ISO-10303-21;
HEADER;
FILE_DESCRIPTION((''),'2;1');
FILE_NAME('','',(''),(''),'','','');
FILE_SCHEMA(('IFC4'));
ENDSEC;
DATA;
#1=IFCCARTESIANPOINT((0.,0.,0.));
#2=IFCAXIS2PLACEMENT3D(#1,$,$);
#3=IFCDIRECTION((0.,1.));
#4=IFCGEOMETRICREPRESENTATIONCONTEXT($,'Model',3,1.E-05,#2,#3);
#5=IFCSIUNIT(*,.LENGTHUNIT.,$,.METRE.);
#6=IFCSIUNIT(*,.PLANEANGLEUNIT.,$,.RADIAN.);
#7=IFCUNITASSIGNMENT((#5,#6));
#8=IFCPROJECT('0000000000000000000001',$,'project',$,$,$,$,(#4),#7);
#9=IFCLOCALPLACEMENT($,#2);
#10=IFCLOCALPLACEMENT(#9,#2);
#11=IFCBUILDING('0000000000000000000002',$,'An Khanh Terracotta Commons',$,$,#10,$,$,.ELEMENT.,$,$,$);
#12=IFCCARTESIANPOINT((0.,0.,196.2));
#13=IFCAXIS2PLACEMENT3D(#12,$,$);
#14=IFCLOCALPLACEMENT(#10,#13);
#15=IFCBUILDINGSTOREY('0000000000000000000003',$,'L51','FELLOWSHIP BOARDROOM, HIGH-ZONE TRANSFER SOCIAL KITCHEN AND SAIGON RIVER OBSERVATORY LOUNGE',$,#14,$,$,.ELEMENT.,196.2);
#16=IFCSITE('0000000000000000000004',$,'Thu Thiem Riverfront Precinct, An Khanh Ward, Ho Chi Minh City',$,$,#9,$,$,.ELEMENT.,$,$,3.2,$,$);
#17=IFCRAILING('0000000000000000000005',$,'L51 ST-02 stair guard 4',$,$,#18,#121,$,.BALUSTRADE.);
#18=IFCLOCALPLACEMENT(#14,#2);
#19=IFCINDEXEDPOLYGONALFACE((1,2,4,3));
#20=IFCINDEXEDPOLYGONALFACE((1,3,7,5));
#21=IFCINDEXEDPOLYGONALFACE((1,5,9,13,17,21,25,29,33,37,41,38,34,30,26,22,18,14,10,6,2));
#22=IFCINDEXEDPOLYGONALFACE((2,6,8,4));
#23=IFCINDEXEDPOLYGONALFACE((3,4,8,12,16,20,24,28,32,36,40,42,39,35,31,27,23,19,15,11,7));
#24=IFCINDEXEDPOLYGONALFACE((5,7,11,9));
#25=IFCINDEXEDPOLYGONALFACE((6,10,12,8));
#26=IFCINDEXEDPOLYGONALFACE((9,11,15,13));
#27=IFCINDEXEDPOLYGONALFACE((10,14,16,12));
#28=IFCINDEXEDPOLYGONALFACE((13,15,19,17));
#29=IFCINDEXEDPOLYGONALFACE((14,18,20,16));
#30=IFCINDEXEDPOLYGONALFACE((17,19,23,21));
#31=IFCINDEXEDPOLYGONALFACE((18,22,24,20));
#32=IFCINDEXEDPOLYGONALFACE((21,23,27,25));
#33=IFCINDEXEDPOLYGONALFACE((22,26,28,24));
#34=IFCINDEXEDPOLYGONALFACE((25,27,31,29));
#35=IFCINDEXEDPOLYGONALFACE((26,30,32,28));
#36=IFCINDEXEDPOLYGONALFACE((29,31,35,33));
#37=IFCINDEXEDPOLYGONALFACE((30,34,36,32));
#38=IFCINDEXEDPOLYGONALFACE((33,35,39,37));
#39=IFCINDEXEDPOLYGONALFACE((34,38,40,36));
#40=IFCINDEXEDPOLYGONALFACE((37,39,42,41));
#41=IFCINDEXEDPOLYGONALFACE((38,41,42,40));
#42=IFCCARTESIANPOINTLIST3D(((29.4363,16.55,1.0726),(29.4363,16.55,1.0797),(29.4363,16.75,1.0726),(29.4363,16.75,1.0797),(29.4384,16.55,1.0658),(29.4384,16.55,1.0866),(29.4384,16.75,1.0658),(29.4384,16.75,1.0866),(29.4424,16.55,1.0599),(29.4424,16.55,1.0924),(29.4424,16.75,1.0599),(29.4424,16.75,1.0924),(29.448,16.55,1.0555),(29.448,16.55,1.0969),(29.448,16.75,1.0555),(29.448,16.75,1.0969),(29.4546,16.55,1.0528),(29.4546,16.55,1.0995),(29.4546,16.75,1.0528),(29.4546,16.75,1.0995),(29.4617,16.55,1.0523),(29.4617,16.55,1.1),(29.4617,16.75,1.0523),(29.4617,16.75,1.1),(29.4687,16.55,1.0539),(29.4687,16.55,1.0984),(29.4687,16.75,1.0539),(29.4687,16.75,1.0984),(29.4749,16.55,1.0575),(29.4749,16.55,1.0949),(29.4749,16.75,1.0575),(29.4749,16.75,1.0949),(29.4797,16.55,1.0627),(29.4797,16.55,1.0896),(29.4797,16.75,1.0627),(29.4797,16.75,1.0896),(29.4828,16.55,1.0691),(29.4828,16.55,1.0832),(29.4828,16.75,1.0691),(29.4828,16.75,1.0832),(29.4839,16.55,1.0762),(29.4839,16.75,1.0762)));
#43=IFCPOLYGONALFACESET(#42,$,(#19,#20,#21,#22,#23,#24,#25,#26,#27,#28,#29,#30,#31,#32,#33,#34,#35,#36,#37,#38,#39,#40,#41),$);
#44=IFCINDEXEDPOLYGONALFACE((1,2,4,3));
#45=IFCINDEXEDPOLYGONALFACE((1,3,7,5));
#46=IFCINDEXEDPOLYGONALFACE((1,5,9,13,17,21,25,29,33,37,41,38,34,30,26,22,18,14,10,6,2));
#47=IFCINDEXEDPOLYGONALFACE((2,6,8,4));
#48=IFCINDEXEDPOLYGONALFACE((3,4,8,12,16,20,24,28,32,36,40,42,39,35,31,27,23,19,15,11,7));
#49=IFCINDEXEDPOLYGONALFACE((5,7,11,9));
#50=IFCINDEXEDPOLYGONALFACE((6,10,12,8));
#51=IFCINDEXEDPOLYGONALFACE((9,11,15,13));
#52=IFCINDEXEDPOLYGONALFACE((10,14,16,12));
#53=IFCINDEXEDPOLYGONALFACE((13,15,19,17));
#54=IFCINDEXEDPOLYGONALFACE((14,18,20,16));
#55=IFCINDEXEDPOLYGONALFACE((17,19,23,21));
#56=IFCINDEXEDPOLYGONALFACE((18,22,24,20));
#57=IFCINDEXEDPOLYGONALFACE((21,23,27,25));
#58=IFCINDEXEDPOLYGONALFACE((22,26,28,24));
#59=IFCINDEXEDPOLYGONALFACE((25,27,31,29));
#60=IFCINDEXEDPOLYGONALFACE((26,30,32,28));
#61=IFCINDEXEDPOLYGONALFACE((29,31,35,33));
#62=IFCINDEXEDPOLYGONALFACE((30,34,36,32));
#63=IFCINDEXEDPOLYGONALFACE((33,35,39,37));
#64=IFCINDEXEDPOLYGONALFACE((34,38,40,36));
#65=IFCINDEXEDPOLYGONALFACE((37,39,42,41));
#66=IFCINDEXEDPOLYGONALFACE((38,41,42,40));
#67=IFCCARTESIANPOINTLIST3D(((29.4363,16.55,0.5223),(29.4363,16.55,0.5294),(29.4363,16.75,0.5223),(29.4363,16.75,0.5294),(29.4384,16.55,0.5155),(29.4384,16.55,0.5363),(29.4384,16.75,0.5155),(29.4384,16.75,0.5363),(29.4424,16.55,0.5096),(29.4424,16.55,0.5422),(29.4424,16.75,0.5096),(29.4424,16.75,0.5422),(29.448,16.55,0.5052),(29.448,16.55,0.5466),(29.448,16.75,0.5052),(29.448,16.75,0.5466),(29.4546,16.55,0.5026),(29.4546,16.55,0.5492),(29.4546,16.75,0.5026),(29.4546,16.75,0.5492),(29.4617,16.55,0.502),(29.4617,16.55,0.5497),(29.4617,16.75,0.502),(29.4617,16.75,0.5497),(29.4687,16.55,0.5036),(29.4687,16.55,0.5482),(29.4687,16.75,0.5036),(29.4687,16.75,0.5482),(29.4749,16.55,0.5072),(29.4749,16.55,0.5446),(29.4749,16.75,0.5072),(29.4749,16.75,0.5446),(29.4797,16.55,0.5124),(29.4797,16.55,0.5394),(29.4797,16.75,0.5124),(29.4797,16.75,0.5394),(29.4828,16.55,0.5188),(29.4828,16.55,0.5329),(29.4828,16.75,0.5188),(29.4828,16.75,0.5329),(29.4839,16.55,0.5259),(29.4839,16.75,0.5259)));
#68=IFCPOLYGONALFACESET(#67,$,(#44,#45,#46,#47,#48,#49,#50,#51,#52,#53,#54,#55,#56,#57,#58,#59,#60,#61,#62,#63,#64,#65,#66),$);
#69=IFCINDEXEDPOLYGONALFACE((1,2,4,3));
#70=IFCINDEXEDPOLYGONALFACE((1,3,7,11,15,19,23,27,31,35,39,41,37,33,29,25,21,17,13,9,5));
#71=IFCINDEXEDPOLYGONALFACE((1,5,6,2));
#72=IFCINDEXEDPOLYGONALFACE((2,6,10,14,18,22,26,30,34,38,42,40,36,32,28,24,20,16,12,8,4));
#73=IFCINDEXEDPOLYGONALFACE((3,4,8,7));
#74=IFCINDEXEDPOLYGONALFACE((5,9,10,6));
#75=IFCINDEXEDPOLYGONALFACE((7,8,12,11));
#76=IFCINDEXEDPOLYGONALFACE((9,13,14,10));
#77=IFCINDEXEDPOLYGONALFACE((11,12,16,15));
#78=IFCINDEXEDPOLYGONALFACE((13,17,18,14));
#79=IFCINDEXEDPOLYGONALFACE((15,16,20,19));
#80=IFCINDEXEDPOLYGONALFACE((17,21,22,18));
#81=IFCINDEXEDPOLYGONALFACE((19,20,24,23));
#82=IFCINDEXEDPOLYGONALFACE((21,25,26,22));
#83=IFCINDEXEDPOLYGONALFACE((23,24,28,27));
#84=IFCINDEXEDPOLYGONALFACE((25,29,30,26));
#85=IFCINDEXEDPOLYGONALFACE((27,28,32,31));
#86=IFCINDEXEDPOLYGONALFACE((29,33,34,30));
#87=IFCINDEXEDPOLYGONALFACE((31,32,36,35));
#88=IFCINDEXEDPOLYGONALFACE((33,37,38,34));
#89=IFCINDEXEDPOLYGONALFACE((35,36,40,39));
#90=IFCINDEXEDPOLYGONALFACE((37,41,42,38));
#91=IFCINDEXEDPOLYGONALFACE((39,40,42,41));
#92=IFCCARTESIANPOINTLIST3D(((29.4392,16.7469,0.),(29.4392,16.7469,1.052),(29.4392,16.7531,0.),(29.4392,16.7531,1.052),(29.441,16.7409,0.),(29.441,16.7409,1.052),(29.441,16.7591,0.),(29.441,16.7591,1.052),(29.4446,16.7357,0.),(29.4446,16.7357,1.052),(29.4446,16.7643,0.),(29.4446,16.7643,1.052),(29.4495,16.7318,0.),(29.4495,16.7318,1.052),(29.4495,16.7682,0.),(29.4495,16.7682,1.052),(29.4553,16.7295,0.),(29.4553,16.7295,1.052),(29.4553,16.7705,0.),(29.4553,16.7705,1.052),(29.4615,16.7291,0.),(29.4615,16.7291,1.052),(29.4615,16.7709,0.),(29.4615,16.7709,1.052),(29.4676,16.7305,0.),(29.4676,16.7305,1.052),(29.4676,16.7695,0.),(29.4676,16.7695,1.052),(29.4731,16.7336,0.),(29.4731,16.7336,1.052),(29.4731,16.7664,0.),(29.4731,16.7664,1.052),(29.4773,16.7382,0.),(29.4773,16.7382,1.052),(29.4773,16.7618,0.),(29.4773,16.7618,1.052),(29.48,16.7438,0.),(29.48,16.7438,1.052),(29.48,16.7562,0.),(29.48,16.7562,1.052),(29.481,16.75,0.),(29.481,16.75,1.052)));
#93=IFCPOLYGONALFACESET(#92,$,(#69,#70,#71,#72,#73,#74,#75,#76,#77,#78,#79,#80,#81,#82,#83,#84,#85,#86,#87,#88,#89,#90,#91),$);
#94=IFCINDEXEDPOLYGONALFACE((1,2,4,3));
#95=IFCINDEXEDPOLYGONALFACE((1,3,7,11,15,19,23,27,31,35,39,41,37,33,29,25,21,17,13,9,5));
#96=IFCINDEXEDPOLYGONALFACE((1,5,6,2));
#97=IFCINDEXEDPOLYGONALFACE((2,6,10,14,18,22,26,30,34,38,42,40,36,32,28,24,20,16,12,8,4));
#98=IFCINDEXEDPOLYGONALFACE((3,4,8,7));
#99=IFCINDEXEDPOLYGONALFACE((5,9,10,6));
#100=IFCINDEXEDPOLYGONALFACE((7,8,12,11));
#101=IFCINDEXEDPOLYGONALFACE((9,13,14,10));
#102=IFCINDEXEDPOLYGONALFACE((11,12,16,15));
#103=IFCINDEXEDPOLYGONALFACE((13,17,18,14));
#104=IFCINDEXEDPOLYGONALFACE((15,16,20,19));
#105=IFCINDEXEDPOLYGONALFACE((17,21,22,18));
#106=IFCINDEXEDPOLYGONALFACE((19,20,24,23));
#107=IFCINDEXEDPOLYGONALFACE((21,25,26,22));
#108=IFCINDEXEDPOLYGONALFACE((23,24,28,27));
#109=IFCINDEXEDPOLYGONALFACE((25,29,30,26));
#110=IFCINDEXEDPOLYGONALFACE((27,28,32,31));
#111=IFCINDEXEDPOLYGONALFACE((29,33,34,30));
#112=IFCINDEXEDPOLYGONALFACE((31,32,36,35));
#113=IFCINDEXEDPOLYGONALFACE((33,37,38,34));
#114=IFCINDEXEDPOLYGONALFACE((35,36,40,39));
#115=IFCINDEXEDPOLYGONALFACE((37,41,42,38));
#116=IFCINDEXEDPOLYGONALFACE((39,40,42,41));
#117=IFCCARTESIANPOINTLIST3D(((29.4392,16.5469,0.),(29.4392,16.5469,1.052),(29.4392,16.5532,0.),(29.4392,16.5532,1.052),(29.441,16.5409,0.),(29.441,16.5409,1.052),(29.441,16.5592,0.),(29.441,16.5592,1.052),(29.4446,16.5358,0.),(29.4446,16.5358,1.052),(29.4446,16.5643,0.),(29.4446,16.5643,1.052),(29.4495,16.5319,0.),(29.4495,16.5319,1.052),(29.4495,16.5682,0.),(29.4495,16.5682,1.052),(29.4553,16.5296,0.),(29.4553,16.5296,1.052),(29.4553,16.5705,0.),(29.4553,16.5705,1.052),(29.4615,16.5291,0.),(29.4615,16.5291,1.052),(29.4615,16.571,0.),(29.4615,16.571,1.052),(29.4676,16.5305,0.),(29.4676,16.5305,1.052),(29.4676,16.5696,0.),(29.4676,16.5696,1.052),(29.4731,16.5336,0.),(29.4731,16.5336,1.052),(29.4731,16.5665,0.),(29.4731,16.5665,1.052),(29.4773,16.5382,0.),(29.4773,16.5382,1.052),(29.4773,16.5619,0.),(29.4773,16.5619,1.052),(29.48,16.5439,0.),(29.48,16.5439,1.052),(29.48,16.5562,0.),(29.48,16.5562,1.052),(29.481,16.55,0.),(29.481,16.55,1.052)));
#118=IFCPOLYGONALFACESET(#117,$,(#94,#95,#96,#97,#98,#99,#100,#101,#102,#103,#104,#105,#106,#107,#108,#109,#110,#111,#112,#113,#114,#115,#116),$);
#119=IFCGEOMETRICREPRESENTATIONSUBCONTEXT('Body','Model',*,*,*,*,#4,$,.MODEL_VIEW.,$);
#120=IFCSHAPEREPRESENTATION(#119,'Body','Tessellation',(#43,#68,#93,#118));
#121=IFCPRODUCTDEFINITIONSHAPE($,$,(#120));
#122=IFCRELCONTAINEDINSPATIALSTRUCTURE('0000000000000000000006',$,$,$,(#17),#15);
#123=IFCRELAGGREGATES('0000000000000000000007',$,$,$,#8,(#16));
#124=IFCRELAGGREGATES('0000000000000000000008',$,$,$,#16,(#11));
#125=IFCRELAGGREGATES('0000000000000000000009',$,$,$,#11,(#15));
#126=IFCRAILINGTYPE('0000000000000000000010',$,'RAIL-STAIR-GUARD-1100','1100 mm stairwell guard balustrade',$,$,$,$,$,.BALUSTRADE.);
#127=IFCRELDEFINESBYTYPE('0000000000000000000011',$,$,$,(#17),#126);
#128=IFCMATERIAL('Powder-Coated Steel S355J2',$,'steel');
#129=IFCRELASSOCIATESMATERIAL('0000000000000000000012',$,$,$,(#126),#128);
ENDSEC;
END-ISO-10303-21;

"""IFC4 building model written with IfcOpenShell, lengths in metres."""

from ifc_helpers import new_model, si_unit, direction, frame, origin, origin_2d, place, context, subcontext, project, spatial, circle, extrude, material, type_object, element, save


model = new_model("IFC4")

# Units and contexts
model_context = context("Model", 3, precision=1e-05, world=origin(), true_north=direction((0.0, 1.0)))
body_context = subcontext(model_context, "Body", "Model", "MODEL_VIEW")
ifc_project = project(units=[si_unit("LENGTHUNIT", "METRE"), si_unit("PLANEANGLEUNIT", "RADIAN")], contexts=[model_context])

# Site, building, storey
site_placement = place(None, origin())
site = spatial("IfcSite", under=ifc_project, at=site_placement, Name="Thu Thiem Riverfront Precinct, An Khanh Ward, Ho Chi Minh City", CompositionType="ELEMENT", RefElevation=3.2)
building_placement = place(site_placement, origin())
building = spatial("IfcBuilding", under=site, at=building_placement, Name="An Khanh Terracotta Commons", CompositionType="ELEMENT")
storey_placement = place(building_placement, frame((0.0, 0.0, 196.2)))
storey = spatial("IfcBuildingStorey", under=building, at=storey_placement, Name="L51", Description="FELLOWSHIP BOARDROOM, HIGH-ZONE TRANSFER SOCIAL KITCHEN AND SAIGON RIVER OBSERVATORY LOUNGE", CompositionType="ELEMENT", Elevation=196.2)

# Railing
ifc_material_1 = material(Name="Powder-Coated Steel S355J2", Category="steel")
railing_type_1 = type_object("IfcRailingType", Name="RAIL-STAIR-GUARD-1100", Description="1100 mm stairwell guard balustrade", PredefinedType="BALUSTRADE", material=ifc_material_1)
railing_1_placement = place(storey_placement, frame((29.46, 16.75, 0.0)))
element("IfcRailing", 1, at=railing_1_placement, inside=storey, type_object=railing_type_1, Name="L51 ST-02 stair guard 4", PredefinedType="BALUSTRADE", context=body_context, shape_type="SweptSolid", body=[
    extrude(circle(Radius=0.0239, at=origin_2d()), frame((0.0, 0.0, 1.0762), z_axis=(0.0, -1.0, 0.0), x_axis=(1.0, 0.0, 0.0)), (0.0, 0.0, 1.0), 0.2),
    extrude(circle(Radius=0.0239, at=origin_2d()), frame((0.0, 0.0, 0.5259), z_axis=(0.0, -1.0, 0.0), x_axis=(1.0, 0.0, 0.0)), (0.0, 0.0, 1.0), 0.2),
    extrude(circle(Radius=0.021, at=origin_2d()), origin(), (0.0, 0.0, 1.0), 1.052),
    extrude(circle(Radius=0.021, at=origin_2d()), frame((0.0, -0.2, 0.0)), (0.0, 0.0, 1.0), 1.052),
])

save(model, "model.ifc")
